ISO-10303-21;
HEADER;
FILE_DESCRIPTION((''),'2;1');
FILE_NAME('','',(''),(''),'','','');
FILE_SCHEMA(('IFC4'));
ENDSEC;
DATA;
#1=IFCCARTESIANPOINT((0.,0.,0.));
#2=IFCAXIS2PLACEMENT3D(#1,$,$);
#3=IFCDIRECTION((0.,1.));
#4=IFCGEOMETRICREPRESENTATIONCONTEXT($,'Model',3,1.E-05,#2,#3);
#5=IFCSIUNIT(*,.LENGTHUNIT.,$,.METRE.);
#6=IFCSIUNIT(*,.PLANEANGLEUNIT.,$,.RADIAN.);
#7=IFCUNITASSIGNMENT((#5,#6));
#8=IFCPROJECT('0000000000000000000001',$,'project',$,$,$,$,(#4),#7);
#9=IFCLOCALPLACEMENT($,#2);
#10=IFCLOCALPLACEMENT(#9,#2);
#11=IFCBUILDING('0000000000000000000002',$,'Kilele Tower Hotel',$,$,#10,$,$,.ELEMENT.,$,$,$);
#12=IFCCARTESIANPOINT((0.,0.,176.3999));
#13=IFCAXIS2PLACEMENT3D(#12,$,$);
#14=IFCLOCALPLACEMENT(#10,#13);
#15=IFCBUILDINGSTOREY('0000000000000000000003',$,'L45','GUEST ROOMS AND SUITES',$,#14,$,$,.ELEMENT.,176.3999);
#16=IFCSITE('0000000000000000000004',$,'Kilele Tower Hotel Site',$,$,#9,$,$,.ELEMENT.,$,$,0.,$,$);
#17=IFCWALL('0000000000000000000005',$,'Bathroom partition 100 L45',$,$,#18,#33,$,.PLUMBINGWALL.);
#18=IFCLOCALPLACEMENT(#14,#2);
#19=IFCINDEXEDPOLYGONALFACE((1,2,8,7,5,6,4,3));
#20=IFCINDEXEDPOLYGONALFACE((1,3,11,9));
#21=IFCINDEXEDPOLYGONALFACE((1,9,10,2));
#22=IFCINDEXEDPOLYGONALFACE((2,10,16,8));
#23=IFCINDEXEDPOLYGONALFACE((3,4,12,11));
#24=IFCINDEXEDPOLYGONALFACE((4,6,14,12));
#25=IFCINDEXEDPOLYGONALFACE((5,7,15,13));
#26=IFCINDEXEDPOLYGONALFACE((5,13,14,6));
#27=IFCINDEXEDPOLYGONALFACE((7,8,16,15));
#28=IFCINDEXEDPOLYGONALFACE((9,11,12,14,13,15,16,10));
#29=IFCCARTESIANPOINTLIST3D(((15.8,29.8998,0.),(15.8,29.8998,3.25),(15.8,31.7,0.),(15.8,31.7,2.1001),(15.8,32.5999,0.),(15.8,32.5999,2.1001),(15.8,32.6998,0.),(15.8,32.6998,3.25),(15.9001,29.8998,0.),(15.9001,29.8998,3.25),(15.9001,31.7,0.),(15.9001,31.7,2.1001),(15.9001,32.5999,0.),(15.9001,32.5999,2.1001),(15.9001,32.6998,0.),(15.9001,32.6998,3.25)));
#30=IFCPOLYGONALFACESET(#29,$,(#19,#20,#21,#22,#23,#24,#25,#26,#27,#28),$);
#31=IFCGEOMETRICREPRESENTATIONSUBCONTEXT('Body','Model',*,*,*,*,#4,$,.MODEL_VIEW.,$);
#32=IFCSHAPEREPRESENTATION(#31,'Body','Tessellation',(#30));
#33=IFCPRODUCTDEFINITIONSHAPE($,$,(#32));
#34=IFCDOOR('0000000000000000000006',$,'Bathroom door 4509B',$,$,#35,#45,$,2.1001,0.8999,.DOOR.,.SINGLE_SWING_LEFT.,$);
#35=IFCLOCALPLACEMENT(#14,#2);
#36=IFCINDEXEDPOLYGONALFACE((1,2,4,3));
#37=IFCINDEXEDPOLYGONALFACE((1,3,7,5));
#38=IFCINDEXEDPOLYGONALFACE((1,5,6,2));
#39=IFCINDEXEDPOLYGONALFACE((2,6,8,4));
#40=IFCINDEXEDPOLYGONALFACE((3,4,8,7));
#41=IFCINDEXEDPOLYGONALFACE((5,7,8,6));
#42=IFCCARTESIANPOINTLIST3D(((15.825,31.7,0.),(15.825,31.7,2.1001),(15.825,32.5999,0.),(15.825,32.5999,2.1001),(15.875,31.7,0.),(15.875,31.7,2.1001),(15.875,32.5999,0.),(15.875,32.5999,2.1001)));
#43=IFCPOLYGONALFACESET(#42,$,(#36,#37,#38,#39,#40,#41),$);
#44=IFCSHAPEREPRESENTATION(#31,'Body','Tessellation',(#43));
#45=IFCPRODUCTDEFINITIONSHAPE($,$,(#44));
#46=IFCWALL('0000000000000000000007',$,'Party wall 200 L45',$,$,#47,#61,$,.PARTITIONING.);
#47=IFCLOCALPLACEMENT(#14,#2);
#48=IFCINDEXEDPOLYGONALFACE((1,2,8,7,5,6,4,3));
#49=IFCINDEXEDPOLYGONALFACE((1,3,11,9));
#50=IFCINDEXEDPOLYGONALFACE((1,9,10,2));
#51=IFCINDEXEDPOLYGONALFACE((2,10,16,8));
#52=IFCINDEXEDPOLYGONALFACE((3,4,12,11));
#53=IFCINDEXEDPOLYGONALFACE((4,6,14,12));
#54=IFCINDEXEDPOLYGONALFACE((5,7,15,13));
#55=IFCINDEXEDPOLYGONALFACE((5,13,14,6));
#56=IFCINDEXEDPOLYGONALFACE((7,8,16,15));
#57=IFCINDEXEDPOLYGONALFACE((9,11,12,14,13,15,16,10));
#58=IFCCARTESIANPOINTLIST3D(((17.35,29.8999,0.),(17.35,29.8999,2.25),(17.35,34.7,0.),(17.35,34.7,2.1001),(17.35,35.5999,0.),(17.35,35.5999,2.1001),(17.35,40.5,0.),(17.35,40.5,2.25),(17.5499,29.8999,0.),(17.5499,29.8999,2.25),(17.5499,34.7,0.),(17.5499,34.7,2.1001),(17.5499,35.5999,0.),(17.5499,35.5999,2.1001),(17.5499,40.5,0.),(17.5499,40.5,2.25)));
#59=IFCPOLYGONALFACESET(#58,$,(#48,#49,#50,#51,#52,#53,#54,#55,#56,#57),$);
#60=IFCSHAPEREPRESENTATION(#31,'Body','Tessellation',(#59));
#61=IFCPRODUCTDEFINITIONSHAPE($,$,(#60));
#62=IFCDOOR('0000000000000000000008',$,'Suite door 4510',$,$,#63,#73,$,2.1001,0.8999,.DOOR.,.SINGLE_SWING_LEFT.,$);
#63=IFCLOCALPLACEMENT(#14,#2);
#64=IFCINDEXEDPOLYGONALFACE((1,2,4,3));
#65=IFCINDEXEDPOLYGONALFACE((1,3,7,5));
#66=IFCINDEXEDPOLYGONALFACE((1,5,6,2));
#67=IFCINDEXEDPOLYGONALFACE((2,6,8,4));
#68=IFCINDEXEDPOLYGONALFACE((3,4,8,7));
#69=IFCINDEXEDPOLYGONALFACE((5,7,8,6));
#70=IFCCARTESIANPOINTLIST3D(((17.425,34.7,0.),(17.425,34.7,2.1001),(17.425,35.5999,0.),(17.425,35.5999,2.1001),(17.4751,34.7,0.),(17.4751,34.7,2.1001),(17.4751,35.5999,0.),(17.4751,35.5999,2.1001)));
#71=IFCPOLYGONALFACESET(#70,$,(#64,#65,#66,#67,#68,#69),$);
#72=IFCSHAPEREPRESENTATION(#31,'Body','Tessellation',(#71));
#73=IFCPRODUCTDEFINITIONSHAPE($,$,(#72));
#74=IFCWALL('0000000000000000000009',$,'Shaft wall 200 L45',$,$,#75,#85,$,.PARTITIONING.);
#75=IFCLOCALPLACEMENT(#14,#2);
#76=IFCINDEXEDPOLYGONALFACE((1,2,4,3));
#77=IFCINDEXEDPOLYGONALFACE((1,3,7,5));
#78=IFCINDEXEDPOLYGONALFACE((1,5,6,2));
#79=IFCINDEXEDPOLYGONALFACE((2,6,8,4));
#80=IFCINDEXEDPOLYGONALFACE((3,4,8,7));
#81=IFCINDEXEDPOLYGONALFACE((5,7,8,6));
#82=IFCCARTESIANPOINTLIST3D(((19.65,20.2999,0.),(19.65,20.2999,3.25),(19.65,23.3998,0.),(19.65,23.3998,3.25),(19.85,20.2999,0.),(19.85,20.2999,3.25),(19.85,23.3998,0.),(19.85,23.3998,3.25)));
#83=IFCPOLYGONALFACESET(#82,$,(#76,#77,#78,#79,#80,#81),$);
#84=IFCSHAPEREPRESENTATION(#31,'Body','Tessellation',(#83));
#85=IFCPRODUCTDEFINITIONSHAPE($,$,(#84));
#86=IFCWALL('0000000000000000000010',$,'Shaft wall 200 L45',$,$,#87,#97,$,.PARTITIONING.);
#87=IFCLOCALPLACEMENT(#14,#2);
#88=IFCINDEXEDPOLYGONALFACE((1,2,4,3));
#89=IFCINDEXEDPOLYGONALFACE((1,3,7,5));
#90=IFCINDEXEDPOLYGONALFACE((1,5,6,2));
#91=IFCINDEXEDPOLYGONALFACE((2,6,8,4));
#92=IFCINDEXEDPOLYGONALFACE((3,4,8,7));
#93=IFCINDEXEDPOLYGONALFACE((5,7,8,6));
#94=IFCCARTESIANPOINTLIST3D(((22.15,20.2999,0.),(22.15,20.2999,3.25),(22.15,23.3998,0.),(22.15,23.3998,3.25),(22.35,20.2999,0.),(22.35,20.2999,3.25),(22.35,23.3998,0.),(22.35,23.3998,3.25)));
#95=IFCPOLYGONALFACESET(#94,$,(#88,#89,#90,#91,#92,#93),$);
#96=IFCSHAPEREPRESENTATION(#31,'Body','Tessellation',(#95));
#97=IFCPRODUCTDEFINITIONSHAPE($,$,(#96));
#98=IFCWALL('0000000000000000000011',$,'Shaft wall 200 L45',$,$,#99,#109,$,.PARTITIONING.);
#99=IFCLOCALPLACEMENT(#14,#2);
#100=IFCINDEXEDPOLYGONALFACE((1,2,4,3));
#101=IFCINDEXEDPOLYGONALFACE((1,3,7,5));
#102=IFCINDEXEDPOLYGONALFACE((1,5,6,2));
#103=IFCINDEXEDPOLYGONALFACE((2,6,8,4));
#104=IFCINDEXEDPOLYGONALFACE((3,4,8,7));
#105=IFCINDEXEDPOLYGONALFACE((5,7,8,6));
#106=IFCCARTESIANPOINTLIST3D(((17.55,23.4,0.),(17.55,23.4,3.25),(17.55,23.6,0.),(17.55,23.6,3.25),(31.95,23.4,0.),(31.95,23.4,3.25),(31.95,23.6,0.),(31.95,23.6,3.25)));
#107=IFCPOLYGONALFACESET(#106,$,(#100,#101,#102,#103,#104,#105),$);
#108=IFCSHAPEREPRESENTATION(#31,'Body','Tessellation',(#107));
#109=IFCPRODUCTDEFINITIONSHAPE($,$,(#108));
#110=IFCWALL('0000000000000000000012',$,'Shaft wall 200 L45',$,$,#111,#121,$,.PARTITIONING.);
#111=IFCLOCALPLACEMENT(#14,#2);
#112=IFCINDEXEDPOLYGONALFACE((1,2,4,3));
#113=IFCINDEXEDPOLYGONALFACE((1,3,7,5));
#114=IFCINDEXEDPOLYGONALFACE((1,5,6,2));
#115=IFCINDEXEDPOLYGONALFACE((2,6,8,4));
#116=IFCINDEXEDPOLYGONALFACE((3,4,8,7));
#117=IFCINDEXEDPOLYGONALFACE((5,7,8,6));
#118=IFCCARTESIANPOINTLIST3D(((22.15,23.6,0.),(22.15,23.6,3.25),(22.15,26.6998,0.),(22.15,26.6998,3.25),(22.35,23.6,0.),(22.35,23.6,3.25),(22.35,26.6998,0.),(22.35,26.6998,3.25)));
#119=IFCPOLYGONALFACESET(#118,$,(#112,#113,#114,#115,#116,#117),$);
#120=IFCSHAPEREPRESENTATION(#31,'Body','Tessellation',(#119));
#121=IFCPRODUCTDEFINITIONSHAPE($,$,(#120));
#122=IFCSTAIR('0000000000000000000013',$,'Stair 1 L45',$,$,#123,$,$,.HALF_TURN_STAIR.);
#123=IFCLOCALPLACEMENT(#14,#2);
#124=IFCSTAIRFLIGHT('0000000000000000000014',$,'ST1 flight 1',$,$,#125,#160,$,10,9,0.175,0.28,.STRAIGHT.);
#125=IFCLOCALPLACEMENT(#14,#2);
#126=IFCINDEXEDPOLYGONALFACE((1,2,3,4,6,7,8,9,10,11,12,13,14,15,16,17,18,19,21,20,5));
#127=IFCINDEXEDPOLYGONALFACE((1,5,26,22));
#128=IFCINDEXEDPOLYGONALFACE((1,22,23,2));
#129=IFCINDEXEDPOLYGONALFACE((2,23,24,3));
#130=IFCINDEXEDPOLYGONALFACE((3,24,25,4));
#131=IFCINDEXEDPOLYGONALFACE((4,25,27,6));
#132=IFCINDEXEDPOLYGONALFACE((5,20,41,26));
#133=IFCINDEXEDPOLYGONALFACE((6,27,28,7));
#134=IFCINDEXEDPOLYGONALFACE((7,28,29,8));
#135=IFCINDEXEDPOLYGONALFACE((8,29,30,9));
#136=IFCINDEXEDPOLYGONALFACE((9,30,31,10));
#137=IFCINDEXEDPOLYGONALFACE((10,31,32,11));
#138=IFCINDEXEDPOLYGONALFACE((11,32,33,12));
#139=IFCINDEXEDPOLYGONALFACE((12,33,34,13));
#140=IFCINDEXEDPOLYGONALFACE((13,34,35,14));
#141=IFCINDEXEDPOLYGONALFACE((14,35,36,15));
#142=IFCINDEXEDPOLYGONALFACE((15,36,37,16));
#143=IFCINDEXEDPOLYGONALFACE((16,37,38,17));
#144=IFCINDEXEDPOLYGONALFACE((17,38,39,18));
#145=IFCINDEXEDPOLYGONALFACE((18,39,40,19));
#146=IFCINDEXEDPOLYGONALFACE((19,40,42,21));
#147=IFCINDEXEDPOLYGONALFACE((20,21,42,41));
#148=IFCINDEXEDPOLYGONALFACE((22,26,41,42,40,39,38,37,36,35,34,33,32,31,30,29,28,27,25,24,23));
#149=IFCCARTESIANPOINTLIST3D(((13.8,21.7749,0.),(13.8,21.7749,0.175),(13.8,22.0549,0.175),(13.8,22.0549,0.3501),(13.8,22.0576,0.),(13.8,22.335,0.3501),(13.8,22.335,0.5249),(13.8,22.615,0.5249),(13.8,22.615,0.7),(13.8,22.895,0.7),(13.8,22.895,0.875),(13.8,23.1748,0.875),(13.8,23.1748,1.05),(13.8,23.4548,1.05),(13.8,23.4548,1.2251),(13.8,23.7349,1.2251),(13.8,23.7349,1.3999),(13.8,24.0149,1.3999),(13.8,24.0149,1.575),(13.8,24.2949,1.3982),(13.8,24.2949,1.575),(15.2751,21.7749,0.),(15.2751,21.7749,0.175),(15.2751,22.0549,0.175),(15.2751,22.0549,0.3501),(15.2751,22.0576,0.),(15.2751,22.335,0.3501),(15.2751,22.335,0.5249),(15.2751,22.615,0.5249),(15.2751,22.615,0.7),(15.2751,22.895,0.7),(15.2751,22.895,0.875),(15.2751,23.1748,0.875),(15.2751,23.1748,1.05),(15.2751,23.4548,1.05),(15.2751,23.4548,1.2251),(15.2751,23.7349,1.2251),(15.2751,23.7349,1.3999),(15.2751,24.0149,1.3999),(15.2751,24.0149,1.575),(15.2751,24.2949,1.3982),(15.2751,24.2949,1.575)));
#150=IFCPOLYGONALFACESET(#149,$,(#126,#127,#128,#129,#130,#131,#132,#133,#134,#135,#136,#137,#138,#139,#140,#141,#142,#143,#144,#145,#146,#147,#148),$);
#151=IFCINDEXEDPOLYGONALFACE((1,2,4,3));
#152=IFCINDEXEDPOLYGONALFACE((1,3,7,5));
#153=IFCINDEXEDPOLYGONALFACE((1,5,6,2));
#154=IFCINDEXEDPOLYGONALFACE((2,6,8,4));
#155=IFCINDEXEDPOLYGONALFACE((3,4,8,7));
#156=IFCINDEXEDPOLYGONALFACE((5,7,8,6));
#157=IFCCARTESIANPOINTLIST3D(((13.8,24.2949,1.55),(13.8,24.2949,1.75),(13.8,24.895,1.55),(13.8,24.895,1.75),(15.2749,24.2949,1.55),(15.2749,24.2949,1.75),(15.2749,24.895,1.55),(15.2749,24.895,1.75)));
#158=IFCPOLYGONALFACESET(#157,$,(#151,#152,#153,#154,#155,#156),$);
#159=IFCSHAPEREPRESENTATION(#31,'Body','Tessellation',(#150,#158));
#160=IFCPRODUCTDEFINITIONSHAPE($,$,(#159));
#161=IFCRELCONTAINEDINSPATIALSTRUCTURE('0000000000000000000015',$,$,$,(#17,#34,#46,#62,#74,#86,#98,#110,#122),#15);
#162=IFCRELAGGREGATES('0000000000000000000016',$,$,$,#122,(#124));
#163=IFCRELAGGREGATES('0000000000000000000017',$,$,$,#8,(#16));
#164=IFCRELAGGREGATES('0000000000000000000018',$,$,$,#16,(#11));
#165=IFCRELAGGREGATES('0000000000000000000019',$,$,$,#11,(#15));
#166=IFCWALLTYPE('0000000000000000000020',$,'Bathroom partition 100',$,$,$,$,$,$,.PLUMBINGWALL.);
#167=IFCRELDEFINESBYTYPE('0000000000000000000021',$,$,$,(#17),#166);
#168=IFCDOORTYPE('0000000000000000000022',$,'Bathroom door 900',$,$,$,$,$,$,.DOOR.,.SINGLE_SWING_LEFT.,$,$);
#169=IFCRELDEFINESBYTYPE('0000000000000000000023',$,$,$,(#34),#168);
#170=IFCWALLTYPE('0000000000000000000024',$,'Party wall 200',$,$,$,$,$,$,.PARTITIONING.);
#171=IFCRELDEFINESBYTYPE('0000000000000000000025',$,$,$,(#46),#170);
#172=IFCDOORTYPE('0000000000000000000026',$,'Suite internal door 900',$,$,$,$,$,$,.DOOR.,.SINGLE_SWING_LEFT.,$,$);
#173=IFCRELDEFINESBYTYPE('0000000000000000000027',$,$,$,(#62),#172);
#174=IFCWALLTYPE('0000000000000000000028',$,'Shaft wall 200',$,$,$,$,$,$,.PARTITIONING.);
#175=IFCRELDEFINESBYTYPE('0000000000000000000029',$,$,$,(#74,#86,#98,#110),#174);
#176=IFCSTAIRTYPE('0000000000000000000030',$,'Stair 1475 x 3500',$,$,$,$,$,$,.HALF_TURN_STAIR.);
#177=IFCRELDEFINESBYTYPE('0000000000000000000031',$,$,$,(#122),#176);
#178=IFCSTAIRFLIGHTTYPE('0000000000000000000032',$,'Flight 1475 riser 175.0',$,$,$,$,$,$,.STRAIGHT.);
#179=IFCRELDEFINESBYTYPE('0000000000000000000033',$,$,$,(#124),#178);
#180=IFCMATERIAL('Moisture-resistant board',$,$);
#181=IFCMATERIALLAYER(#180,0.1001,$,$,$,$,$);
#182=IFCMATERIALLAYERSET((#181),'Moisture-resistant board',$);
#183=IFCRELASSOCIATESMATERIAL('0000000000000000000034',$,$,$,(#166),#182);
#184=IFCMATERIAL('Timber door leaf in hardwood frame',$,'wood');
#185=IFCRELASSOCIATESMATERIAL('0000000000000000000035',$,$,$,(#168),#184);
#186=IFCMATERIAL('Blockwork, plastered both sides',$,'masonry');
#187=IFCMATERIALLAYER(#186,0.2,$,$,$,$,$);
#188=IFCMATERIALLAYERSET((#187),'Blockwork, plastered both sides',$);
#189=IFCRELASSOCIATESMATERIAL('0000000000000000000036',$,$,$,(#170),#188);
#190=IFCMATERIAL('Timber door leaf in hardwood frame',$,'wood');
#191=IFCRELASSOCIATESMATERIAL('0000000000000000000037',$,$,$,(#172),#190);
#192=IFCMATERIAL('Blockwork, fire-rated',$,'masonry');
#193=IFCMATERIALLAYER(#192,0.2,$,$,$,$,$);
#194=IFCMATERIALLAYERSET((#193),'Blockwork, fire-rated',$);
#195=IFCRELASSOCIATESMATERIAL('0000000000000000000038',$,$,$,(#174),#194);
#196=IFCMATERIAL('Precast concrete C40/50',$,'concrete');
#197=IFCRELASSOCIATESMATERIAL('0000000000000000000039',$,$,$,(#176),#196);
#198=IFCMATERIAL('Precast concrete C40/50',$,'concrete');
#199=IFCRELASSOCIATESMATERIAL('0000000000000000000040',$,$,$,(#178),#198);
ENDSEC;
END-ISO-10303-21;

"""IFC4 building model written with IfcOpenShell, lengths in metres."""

from ifc_helpers import new_model, si_unit, direction, frame, frame_2d, origin, place, context, subcontext, project, spatial, polyline, rectangle, outline, extrude, material, layer, layer_set, type_object, element, fill, aggregate, save


model = new_model("IFC4")

# Units and contexts
model_context = context("Model", 3, precision=1e-05, world=origin(), true_north=direction((0.0, 1.0)))
body_context = subcontext(model_context, "Body", "Model", "MODEL_VIEW")
ifc_project = project(units=[si_unit("LENGTHUNIT", "METRE"), si_unit("PLANEANGLEUNIT", "RADIAN")], contexts=[model_context])

# Site, building, storey
site_placement = place(None, origin())
site = spatial("IfcSite", under=ifc_project, at=site_placement, Name="Kilele Tower Hotel Site", CompositionType="ELEMENT", RefElevation=0.0)
building_placement = place(site_placement, origin())
building = spatial("IfcBuilding", under=site, at=building_placement, Name="Kilele Tower Hotel", CompositionType="ELEMENT")
storey_placement = place(building_placement, frame((0.0, 0.0, 176.3999)))
storey = spatial("IfcBuildingStorey", under=building, at=storey_placement, Name="L45", Description="GUEST ROOMS AND SUITES", CompositionType="ELEMENT", Elevation=176.3999)

# Walls, openings, doors
ifc_material_1 = material(Name="Moisture-resistant board")
ifc_layer_1 = layer(ifc_material_1, 0.1001)
ifc_layer_set_1 = layer_set([ifc_layer_1], Name="Moisture-resistant board")
wall_type_1 = type_object("IfcWallType", Name="Bathroom partition 100", PredefinedType="PLUMBINGWALL", material=ifc_layer_set_1)
wall_1_placement = place(storey_placement, frame((15.8501, 29.8999, 0.0), z_axis=(0.0, 0.0, 1.0), x_axis=(0.0, 1.0, 0.0)))
wall_1 = element("IfcWall", 1, at=wall_1_placement, inside=storey, type_object=wall_type_1, Name="Bathroom partition 100 L45", PredefinedType="PLUMBINGWALL", context=body_context, shape_type="SweptSolid", body=[
    extrude(rectangle(XDim=2.8, YDim=0.1001, at=frame_2d((1.3999, 0.0))), origin(), (0.0, 0.0, 1.0), 3.25),
])
opening_1_placement = place(wall_1_placement, frame((2.7, 0.0, 0.0), z_axis=(0.0, 0.0, 1.0), x_axis=(-1.0, 0.0, 0.0)))
opening_1 = element("IfcOpeningElement", 2, at=opening_1_placement, cuts=wall_1, PredefinedType="OPENING", context=body_context, shape_type="SweptSolid", body=[
    extrude(rectangle(XDim=0.8999, YDim=2.1001, at=frame_2d((0.45, 1.05))), frame((0.0, 0.0601, 0.0), z_axis=(0.0, -1.0, 0.0), x_axis=(1.0, 0.0, 0.0)), (0.0, 0.0, 1.0), 0.1201),
])
ifc_material_2 = material(Name="Timber door leaf in hardwood frame", Category="wood")
door_type_1 = type_object("IfcDoorType", Name="Bathroom door 900", OperationType="SINGLE_SWING_LEFT", PredefinedType="DOOR", material=ifc_material_2)
door_1_placement = place(opening_1_placement, origin())
door_1 = element("IfcDoor", 3, at=door_1_placement, inside=storey, type_object=door_type_1, Name="Bathroom door 4509B", OperationType="SINGLE_SWING_LEFT", OverallHeight=2.1001, OverallWidth=0.8999, PredefinedType="DOOR", context=body_context, shape_type="SweptSolid", body=[
    extrude(rectangle(XDim=0.8999, YDim=2.1001, at=frame_2d((0.45, 1.05))), frame((0.0, 0.0249, 0.0), z_axis=(0.0, -1.0, 0.0), x_axis=(1.0, 0.0, 0.0)), (0.0, 0.0, 1.0), 0.05),
])
fill(opening_1, door_1)
ifc_material_3 = material(Name="Blockwork, plastered both sides", Category="masonry")
ifc_layer_2 = layer(ifc_material_3, 0.2)
ifc_layer_set_2 = layer_set([ifc_layer_2], Name="Blockwork, plastered both sides")
wall_type_2 = type_object("IfcWallType", Name="Party wall 200", PredefinedType="PARTITIONING", material=ifc_layer_set_2)
wall_2_placement = place(storey_placement, frame((17.45, 29.8999, 0.0), z_axis=(0.0, 0.0, 1.0), x_axis=(0.0, 1.0, 0.0)))
wall_2 = element("IfcWall", 4, at=wall_2_placement, inside=storey, type_object=wall_type_2, Name="Party wall 200 L45", PredefinedType="PARTITIONING", context=body_context, shape_type="SweptSolid", body=[
    extrude(rectangle(XDim=10.6001, YDim=0.2, at=frame_2d((5.3, 0.0))), origin(), (0.0, 0.0, 1.0), 2.25),
])
opening_2_placement = place(wall_2_placement, frame((4.8, 0.0, 0.0)))
opening_2 = element("IfcOpeningElement", 5, at=opening_2_placement, cuts=wall_2, PredefinedType="OPENING", context=body_context, shape_type="SweptSolid", body=[
    extrude(rectangle(XDim=0.8999, YDim=2.1001, at=frame_2d((0.45, 1.05))), frame((0.0, 0.1099, 0.0), z_axis=(0.0, -1.0, 0.0), x_axis=(1.0, 0.0, 0.0)), (0.0, 0.0, 1.0), 0.22),
])
ifc_material_4 = material(Name="Timber door leaf in hardwood frame", Category="wood")
door_type_2 = type_object("IfcDoorType", Name="Suite internal door 900", OperationType="SINGLE_SWING_LEFT", PredefinedType="DOOR", material=ifc_material_4)
door_2_placement = place(opening_2_placement, origin())
door_2 = element("IfcDoor", 6, at=door_2_placement, inside=storey, type_object=door_type_2, Name="Suite door 4510", OperationType="SINGLE_SWING_LEFT", OverallHeight=2.1001, OverallWidth=0.8999, PredefinedType="DOOR", context=body_context, shape_type="SweptSolid", body=[
    extrude(rectangle(XDim=0.8999, YDim=2.1001, at=frame_2d((0.45, 1.05))), frame((0.0, 0.0249, 0.0), z_axis=(0.0, -1.0, 0.0), x_axis=(1.0, 0.0, 0.0)), (0.0, 0.0, 1.0), 0.05),
])
fill(opening_2, door_2)

# Walls
ifc_material_5 = material(Name="Blockwork, fire-rated", Category="masonry")
ifc_layer_3 = layer(ifc_material_5, 0.2)
ifc_layer_set_3 = layer_set([ifc_layer_3], Name="Blockwork, fire-rated")
wall_type_3 = type_object("IfcWallType", Name="Shaft wall 200", PredefinedType="PARTITIONING", material=ifc_layer_set_3)
for number, where, z_axis, x_axis, name in (
    (7, (19.75, 20.3, 0.0), (0.0, 0.0, 1.0), (0.0, 1.0, 0.0), "Shaft wall 200 L45"),
    (8, (22.25, 20.3, 0.0), (0.0, 0.0, 1.0), (0.0, 1.0, 0.0), "Shaft wall 200 L45"),
):
    element("IfcWall", number, at=place(storey_placement, frame(where, z_axis=z_axis, x_axis=x_axis)), inside=storey, type_object=wall_type_3, Name=name, PredefinedType="PARTITIONING", context=body_context, shape_type="SweptSolid", body=[
        extrude(rectangle(XDim=3.0999, YDim=0.2, at=frame_2d((1.5498, 0.0))), origin(), (0.0, 0.0, 1.0), 3.25),
    ])
wall_3_placement = place(storey_placement, frame((17.55, 23.5, 0.0), z_axis=(0.0, 0.0, 1.0), x_axis=(1.0, 0.0, 0.0)))
element("IfcWall", 9, at=wall_3_placement, inside=storey, type_object=wall_type_3, Name="Shaft wall 200 L45", PredefinedType="PARTITIONING", context=body_context, shape_type="SweptSolid", body=[
    extrude(rectangle(XDim=14.3999, YDim=0.2, at=frame_2d((7.2, 0.0))), origin(), (0.0, 0.0, 1.0), 3.25),
])
wall_4_placement = place(storey_placement, frame((22.25, 23.6001, 0.0), z_axis=(0.0, 0.0, 1.0), x_axis=(0.0, 1.0, 0.0)))
element("IfcWall", 10, at=wall_4_placement, inside=storey, type_object=wall_type_3, Name="Shaft wall 200 L45", PredefinedType="PARTITIONING", context=body_context, shape_type="SweptSolid", body=[
    extrude(rectangle(XDim=3.0999, YDim=0.2, at=frame_2d((1.5498, 0.0))), origin(), (0.0, 0.0, 1.0), 3.25),
])

# Stair, stair flight
ifc_material_6 = material(Name="Precast concrete C40/50", Category="concrete")
stair_type = type_object("IfcStairType", Name="Stair 1475 x 3500", PredefinedType="HALF_TURN_STAIR", material=ifc_material_6)
stair_placement = place(storey_placement, origin())
stair = element("IfcStair", 11, at=stair_placement, inside=storey, type_object=stair_type, Name="Stair 1 L45", PredefinedType="HALF_TURN_STAIR")
ifc_material_7 = material(Name="Precast concrete C40/50", Category="concrete")
stair_flight_type = type_object("IfcStairFlightType", Name="Flight 1475 riser 175.0", PredefinedType="STRAIGHT", material=ifc_material_7)
stair_flight_1_placement = place(storey_placement, frame((14.5376, 21.7749, 0.0), z_axis=(0.0, 0.0, 1.0), x_axis=(0.0, 1.0, 0.0)))
stair_flight_1 = element("IfcStairFlight", 12, at=stair_flight_1_placement, type_object=stair_flight_type, Name="ST1 flight 1", NumberOfRisers=10, NumberOfTreads=9, PredefinedType="STRAIGHT", RiserHeight=0.175, TreadLength=0.28, context=body_context, shape_type="SweptSolid", body=[
    extrude(outline(polyline([(0.0, 0.0), (0.0, 0.175), (0.28, 0.175), (0.28, 0.3501), (0.5601, 0.3501), (0.5601, 0.5249), (0.8401, 0.5249), (0.8401, 0.7), (1.1201, 0.7), (1.1201, 0.875), (1.3999, 0.875), (1.3999, 1.05), (1.6799, 1.05), (1.6799, 1.2251), (1.96, 1.2251), (1.96, 1.3999), (2.24, 1.3999), (2.24, 1.575), (2.52, 1.575), (2.52, 1.75), (2.52, 1.3982), (0.2827, 0.0), (0.0, 0.0)])), frame((0.0, 0.7375, 0.0), z_axis=(0.0, -1.0, 0.0), x_axis=(1.0, 0.0, 0.0)), (0.0, 0.0, 1.0), 1.4751),
    extrude(outline(polyline([(2.52, 0.7375), (2.52, -0.7373), (3.1201, -0.7373), (3.1201, 0.7375), (2.52, 0.7375)])), frame((0.0, 0.0, 1.55)), (0.0, 0.0, 1.0), 0.2),
])
aggregate(stair, [stair_flight_1])

save(model, "model.ifc")
